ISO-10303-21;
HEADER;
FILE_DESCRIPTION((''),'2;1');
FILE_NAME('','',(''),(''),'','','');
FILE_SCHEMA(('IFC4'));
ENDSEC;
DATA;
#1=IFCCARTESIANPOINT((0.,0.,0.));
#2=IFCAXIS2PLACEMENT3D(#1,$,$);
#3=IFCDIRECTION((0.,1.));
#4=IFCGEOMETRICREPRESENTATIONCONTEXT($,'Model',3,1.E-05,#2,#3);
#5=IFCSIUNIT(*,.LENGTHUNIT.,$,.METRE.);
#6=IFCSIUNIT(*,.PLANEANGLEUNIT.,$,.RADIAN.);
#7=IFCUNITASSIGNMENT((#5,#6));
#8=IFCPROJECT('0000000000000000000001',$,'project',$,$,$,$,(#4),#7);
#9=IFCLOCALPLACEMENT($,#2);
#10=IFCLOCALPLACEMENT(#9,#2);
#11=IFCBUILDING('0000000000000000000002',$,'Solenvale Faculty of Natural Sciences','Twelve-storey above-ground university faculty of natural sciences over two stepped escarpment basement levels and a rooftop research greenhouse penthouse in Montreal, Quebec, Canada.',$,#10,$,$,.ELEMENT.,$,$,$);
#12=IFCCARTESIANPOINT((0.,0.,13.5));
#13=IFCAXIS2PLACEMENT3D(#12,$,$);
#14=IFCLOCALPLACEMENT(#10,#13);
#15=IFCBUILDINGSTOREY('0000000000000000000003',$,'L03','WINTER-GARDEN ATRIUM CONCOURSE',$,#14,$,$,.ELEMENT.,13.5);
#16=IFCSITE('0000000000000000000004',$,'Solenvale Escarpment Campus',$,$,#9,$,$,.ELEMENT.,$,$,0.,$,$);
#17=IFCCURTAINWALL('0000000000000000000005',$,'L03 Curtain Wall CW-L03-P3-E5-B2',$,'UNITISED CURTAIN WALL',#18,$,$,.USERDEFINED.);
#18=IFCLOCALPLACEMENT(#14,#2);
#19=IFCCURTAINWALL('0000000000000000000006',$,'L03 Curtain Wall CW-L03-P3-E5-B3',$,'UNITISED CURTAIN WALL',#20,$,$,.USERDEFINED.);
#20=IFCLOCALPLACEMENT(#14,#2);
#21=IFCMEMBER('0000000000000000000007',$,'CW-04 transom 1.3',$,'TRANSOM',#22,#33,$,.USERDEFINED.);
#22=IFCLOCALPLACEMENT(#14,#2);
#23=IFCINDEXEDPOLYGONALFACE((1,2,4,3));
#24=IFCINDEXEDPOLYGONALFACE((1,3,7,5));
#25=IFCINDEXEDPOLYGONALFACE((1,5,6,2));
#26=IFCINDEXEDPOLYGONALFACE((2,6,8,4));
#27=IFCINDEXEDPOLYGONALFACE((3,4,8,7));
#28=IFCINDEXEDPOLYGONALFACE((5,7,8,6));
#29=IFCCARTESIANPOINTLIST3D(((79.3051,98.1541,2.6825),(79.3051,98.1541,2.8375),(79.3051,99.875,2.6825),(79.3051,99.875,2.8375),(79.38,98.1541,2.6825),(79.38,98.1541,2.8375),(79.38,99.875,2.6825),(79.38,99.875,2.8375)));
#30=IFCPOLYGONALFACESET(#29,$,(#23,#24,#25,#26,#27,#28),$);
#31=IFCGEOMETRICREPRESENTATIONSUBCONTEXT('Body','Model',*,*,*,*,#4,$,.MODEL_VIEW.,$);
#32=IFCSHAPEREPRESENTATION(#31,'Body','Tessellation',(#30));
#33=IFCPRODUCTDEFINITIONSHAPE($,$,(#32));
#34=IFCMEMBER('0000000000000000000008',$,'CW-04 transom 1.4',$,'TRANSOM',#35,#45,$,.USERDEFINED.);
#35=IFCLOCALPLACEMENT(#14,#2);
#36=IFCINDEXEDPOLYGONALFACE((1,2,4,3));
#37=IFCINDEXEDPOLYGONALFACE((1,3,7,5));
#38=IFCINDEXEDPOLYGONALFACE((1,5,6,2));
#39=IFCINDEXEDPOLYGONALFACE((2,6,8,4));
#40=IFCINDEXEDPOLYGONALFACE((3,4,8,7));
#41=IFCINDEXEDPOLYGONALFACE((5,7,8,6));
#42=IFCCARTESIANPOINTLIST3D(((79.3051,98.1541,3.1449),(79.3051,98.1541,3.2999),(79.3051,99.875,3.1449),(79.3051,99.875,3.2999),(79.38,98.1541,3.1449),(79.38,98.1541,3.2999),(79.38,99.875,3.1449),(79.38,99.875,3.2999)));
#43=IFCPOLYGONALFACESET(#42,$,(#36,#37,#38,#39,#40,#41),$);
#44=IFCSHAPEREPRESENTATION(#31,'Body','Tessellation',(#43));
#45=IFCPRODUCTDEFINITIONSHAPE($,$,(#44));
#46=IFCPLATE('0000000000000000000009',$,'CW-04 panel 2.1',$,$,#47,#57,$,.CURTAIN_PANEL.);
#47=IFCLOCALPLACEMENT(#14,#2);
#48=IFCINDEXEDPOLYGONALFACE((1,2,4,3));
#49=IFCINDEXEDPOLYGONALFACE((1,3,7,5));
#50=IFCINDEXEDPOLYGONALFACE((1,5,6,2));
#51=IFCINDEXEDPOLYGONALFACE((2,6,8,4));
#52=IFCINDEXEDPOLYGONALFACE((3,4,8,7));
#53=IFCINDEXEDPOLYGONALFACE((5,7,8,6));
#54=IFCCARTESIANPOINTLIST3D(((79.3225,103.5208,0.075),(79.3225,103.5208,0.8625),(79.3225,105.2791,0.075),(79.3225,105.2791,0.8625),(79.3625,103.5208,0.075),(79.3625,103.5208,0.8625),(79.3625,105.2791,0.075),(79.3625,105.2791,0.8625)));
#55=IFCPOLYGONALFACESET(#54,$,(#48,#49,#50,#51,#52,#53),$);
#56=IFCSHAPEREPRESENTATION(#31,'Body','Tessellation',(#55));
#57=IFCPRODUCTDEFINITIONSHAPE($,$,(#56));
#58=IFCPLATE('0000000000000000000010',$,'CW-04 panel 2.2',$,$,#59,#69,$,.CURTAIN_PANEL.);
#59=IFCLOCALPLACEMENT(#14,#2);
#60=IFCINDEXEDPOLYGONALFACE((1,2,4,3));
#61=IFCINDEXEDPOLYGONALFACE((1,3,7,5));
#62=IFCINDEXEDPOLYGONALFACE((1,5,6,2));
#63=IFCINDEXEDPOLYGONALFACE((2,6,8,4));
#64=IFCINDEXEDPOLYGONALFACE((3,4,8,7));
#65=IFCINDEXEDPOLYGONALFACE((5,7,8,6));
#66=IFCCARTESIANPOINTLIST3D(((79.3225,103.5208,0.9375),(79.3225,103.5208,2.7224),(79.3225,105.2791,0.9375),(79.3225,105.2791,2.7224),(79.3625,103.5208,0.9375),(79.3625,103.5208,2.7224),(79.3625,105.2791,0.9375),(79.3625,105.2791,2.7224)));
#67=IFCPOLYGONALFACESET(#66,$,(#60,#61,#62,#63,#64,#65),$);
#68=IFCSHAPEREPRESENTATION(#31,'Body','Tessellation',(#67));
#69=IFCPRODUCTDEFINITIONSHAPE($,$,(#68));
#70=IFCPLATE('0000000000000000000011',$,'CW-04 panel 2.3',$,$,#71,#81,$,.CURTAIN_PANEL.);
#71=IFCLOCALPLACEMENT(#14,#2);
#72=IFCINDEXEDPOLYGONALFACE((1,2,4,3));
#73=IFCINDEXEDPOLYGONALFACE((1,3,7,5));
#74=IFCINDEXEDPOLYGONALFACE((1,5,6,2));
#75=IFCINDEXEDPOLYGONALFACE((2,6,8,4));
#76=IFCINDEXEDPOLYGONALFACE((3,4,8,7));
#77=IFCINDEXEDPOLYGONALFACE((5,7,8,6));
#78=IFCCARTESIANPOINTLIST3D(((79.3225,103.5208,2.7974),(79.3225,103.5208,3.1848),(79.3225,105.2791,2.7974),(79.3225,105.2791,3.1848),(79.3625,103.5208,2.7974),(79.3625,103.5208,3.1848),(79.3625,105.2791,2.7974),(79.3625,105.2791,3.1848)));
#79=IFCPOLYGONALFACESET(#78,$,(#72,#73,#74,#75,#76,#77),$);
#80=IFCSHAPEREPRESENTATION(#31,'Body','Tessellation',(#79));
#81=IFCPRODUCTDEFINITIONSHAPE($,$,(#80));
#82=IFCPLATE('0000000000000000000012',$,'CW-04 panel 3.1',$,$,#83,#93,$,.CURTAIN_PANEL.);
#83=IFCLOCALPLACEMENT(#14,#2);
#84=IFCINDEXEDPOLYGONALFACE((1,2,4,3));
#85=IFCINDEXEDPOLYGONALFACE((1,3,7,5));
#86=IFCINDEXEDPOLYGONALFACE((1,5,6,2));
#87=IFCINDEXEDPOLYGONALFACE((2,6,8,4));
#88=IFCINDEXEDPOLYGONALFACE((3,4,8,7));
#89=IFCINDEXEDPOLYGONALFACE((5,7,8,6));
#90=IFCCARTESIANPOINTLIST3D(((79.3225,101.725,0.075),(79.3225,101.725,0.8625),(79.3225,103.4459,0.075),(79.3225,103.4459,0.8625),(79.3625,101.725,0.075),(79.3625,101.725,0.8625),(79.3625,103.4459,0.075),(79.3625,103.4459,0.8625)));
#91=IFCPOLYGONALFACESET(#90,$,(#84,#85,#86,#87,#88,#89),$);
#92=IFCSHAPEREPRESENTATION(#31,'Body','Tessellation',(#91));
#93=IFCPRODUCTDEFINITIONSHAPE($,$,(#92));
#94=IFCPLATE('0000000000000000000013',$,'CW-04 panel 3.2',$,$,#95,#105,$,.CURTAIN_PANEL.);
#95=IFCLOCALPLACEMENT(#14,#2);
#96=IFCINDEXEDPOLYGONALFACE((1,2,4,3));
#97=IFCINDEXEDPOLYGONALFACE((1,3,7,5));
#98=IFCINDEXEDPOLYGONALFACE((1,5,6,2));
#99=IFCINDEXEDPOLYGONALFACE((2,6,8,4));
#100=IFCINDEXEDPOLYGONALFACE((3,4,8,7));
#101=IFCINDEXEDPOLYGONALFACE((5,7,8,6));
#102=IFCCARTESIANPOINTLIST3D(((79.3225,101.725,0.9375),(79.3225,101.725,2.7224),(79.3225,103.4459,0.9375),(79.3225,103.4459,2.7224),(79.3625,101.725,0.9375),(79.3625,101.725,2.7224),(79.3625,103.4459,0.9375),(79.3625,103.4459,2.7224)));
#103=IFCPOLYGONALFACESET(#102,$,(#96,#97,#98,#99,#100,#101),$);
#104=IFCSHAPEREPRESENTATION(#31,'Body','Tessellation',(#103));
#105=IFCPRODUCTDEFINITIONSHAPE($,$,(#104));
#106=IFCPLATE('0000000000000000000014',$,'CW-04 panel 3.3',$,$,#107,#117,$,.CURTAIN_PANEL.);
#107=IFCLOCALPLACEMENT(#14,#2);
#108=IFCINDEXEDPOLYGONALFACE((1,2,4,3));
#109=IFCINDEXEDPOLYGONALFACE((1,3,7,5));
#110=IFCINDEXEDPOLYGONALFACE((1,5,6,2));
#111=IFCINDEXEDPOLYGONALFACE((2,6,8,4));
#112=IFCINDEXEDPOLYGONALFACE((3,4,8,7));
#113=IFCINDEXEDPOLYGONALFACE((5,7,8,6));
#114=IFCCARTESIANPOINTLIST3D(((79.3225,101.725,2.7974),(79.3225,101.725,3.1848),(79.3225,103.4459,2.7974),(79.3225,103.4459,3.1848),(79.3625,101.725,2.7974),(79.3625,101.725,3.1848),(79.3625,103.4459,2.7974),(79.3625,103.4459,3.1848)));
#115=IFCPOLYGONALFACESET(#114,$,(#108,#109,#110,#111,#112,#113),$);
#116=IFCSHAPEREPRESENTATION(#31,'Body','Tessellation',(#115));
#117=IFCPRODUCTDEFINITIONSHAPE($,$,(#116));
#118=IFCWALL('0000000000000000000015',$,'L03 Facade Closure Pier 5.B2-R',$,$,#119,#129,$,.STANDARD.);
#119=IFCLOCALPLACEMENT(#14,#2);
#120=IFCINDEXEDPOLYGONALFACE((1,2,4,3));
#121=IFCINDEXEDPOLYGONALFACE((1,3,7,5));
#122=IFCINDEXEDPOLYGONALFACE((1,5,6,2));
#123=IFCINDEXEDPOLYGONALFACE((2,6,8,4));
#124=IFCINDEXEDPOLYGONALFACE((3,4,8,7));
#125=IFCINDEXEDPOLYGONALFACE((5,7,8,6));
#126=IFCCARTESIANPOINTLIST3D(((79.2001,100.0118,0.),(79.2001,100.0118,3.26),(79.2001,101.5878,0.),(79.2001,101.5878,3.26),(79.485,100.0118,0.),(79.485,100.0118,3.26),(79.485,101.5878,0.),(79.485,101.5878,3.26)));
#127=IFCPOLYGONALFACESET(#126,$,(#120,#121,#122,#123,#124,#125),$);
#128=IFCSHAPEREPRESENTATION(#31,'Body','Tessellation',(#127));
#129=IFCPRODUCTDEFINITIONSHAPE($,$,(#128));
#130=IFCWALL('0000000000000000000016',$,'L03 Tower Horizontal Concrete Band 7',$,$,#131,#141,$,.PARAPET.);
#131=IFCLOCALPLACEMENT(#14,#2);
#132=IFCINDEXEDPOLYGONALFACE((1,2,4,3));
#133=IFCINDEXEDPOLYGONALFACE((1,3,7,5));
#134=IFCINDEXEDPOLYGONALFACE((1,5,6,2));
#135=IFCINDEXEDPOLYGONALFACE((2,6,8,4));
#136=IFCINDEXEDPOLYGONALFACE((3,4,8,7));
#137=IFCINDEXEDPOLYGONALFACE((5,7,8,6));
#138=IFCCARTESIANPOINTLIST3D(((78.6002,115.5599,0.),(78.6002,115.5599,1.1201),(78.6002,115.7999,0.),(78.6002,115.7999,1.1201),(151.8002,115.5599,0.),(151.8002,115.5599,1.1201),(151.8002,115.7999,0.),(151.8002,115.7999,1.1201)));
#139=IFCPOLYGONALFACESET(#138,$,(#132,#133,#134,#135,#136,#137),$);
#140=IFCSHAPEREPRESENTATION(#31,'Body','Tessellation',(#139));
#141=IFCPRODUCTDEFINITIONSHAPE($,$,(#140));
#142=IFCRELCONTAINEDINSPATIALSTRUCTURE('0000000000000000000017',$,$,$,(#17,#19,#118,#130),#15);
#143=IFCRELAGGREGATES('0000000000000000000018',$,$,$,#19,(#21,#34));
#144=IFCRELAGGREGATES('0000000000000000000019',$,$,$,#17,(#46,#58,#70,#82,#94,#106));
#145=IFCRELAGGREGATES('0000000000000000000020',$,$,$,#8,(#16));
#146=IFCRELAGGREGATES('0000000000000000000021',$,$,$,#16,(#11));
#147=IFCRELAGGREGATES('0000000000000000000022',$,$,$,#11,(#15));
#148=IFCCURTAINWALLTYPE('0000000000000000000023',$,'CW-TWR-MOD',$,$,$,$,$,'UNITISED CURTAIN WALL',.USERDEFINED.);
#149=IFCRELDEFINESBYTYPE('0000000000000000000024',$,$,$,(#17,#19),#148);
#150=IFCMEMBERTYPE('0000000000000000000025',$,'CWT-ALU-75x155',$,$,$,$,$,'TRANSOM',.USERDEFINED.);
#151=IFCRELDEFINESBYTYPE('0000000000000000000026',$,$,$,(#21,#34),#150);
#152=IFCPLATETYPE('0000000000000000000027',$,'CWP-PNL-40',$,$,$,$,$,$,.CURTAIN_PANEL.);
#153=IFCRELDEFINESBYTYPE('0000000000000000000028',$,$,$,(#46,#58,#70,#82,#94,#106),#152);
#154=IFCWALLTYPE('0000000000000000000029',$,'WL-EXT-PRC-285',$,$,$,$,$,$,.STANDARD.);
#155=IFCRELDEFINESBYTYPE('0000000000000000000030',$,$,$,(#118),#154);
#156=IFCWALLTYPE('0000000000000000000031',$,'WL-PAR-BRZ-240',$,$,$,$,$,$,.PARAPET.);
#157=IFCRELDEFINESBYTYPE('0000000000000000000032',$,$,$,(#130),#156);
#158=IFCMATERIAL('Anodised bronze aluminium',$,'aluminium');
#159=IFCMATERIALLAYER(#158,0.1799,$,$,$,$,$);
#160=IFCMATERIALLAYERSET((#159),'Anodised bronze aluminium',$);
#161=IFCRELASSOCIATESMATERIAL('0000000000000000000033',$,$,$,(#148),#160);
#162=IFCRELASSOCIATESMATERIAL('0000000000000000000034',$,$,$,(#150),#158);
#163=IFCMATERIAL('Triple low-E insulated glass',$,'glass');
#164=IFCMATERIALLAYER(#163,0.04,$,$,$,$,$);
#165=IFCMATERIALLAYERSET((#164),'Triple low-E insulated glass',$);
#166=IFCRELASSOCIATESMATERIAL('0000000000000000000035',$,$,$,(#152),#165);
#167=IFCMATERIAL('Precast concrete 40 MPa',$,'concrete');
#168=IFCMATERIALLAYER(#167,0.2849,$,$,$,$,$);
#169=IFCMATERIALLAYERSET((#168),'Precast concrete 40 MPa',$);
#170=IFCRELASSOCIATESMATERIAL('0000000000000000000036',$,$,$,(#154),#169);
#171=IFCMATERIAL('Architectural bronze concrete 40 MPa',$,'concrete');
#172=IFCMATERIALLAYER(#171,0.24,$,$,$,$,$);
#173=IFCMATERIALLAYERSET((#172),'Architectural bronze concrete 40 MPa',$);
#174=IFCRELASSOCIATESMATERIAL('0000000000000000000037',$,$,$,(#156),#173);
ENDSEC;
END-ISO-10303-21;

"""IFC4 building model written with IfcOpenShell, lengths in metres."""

from ifc_helpers import new_model, si_unit, direction, frame, frame_2d, origin, origin_2d, place, context, subcontext, project, spatial, rectangle, extrude, material, layer, layer_set, material_profile, profile_set, type_object, element, aggregate, save


model = new_model("IFC4")

# Units and contexts
model_context = context("Model", 3, precision=1e-05, world=origin(), true_north=direction((0.0, 1.0)))
body_context = subcontext(model_context, "Body", "Model", "MODEL_VIEW")
ifc_project = project(units=[si_unit("LENGTHUNIT", "METRE"), si_unit("PLANEANGLEUNIT", "RADIAN")], contexts=[model_context])

# Site, building, storey
site_placement = place(None, origin())
site = spatial("IfcSite", under=ifc_project, at=site_placement, Name="Solenvale Escarpment Campus", CompositionType="ELEMENT", RefElevation=0.0)
building_placement = place(site_placement, origin())
building = spatial("IfcBuilding", under=site, at=building_placement, Name="Solenvale Faculty of Natural Sciences", Description="Twelve-storey above-ground university faculty of natural sciences over two stepped escarpment basement levels and a rooftop research greenhouse penthouse in Montreal, Quebec, Canada.", CompositionType="ELEMENT")
storey_placement = place(building_placement, frame((0.0, 0.0, 13.5)))
storey = spatial("IfcBuildingStorey", under=building, at=storey_placement, Name="L03", Description="WINTER-GARDEN ATRIUM CONCOURSE", CompositionType="ELEMENT", Elevation=13.5)

# Curtain wall
ifc_material_1 = material(Name="Anodised bronze aluminium", Category="aluminium")
ifc_layer_1 = layer(ifc_material_1, 0.1799)
ifc_layer_set_1 = layer_set([ifc_layer_1], Name="Anodised bronze aluminium")
curtain_wall_type = type_object("IfcCurtainWallType", Name="CW-TWR-MOD", ElementType="UNITISED CURTAIN WALL", PredefinedType="USERDEFINED", material=ifc_layer_set_1)
curtain_wall_1_placement = place(storey_placement, origin())
curtain_wall_1 = element("IfcCurtainWall", 1, at=curtain_wall_1_placement, inside=storey, type_object=curtain_wall_type, Name="L03 Curtain Wall CW-L03-P3-E5-B2", ObjectType="UNITISED CURTAIN WALL", PredefinedType="USERDEFINED")

# Curtain wall
curtain_wall_2_placement = place(storey_placement, origin())
curtain_wall_2 = element("IfcCurtainWall", 2, at=curtain_wall_2_placement, inside=storey, type_object=curtain_wall_type, Name="L03 Curtain Wall CW-L03-P3-E5-B3", ObjectType="UNITISED CURTAIN WALL", PredefinedType="USERDEFINED")

# Members
ifc_material_profile_1 = material_profile(ifc_material_1, rectangle(XDim=0.075, YDim=0.155, at=origin_2d()), Name="ALU-TRN-75x155")
ifc_profile_set_1 = profile_set([ifc_material_profile_1], Name="Anodised bronze aluminium")
member_type_1 = type_object("IfcMemberType", Name="CWT-ALU-75x155", ElementType="TRANSOM", PredefinedType="USERDEFINED", material=ifc_profile_set_1)
member_1_placement = place(storey_placement, frame((79.3425, 99.875, 2.76), z_axis=(0.0, -1.0, 0.0), x_axis=(1.0, 0.0, 0.0)))
member_1 = element("IfcMember", 3, at=member_1_placement, type_object=member_type_1, Name="CW-04 transom 1.3", ObjectType="TRANSOM", PredefinedType="USERDEFINED", context=body_context, shape_type="SweptSolid", body=[
    extrude(rectangle(XDim=0.075, YDim=0.155, at=origin_2d()), origin(), (0.0, 0.0, 1.0), 1.7209),
])
member_2_placement = place(storey_placement, frame((79.3425, 99.875, 3.2224), z_axis=(0.0, -1.0, 0.0), x_axis=(1.0, 0.0, 0.0)))
member_2 = element("IfcMember", 4, at=member_2_placement, type_object=member_type_1, Name="CW-04 transom 1.4", ObjectType="TRANSOM", PredefinedType="USERDEFINED", context=body_context, shape_type="SweptSolid", body=[
    extrude(rectangle(XDim=0.075, YDim=0.155, at=origin_2d()), origin(), (0.0, 0.0, 1.0), 1.7209),
])
aggregate(curtain_wall_2, [member_1, member_2])

# Plates
ifc_material_2 = material(Name="Triple low-E insulated glass", Category="glass")
ifc_layer_2 = layer(ifc_material_2, 0.04)
ifc_layer_set_2 = layer_set([ifc_layer_2], Name="Triple low-E insulated glass")
plate_type = type_object("IfcPlateType", Name="CWP-PNL-40", PredefinedType="CURTAIN_PANEL", material=ifc_layer_set_2)
plate_1_placement = place(storey_placement, frame((79.3425, 104.3999, 0.075), z_axis=(0.0, 0.0, 1.0), x_axis=(0.0, -1.0, 0.0)))
plate_1 = element("IfcPlate", 5, at=plate_1_placement, type_object=plate_type, Name="CW-04 panel 2.1", PredefinedType="CURTAIN_PANEL", context=body_context, shape_type="SweptSolid", body=[
    extrude(rectangle(XDim=1.7583, YDim=0.04, at=origin_2d()), origin(), (0.0, 0.0, 1.0), 0.7876),
])
plate_2_placement = place(storey_placement, frame((79.3425, 104.3999, 0.9375), z_axis=(0.0, 0.0, 1.0), x_axis=(0.0, -1.0, 0.0)))
plate_2 = element("IfcPlate", 6, at=plate_2_placement, type_object=plate_type, Name="CW-04 panel 2.2", PredefinedType="CURTAIN_PANEL", context=body_context, shape_type="SweptSolid", body=[
    extrude(rectangle(XDim=1.7583, YDim=0.04, at=origin_2d()), origin(), (0.0, 0.0, 1.0), 1.7849),
])
plate_3_placement = place(storey_placement, frame((79.3425, 104.3999, 2.7974), z_axis=(0.0, 0.0, 1.0), x_axis=(0.0, -1.0, 0.0)))
plate_3 = element("IfcPlate", 7, at=plate_3_placement, type_object=plate_type, Name="CW-04 panel 2.3", PredefinedType="CURTAIN_PANEL", context=body_context, shape_type="SweptSolid", body=[
    extrude(rectangle(XDim=1.7583, YDim=0.04, at=origin_2d()), origin(), (0.0, 0.0, 1.0), 0.3875),
])
plate_4_placement = place(storey_placement, frame((79.3425, 102.5854, 0.075), z_axis=(0.0, 0.0, 1.0), x_axis=(0.0, -1.0, 0.0)))
plate_4 = element("IfcPlate", 8, at=plate_4_placement, type_object=plate_type, Name="CW-04 panel 3.1", PredefinedType="CURTAIN_PANEL", context=body_context, shape_type="SweptSolid", body=[
    extrude(rectangle(XDim=1.7209, YDim=0.04, at=origin_2d()), origin(), (0.0, 0.0, 1.0), 0.7876),
])
plate_5_placement = place(storey_placement, frame((79.3425, 102.5854, 0.9375), z_axis=(0.0, 0.0, 1.0), x_axis=(0.0, -1.0, 0.0)))
plate_5 = element("IfcPlate", 9, at=plate_5_placement, type_object=plate_type, Name="CW-04 panel 3.2", PredefinedType="CURTAIN_PANEL", context=body_context, shape_type="SweptSolid", body=[
    extrude(rectangle(XDim=1.7209, YDim=0.04, at=origin_2d()), origin(), (0.0, 0.0, 1.0), 1.7849),
])
plate_6_placement = place(storey_placement, frame((79.3425, 102.5854, 2.7974), z_axis=(0.0, 0.0, 1.0), x_axis=(0.0, -1.0, 0.0)))
plate_6 = element("IfcPlate", 10, at=plate_6_placement, type_object=plate_type, Name="CW-04 panel 3.3", PredefinedType="CURTAIN_PANEL", context=body_context, shape_type="SweptSolid", body=[
    extrude(rectangle(XDim=1.7209, YDim=0.04, at=origin_2d()), origin(), (0.0, 0.0, 1.0), 0.3875),
])
aggregate(curtain_wall_1, [plate_1, plate_2, plate_3, plate_4, plate_5, plate_6])

# Walls
ifc_material_3 = material(Name="Precast concrete 40 MPa", Category="concrete")
ifc_layer_3 = layer(ifc_material_3, 0.2849)
ifc_layer_set_3 = layer_set([ifc_layer_3], Name="Precast concrete 40 MPa")
wall_type_1 = type_object("IfcWallType", Name="WL-EXT-PRC-285", PredefinedType="STANDARD", material=ifc_layer_set_3)
wall_1_placement = place(storey_placement, frame((79.3425, 101.5879, 0.0), z_axis=(0.0, 0.0, 1.0), x_axis=(0.0, -1.0, 0.0)))
element("IfcWall", 11, at=wall_1_placement, inside=storey, type_object=wall_type_1, Name="L03 Facade Closure Pier 5.B2-R", PredefinedType="STANDARD", context=body_context, shape_type="SweptSolid", body=[
    extrude(rectangle(XDim=1.5759, YDim=0.2849, at=frame_2d((0.7881, 0.0))), origin(), (0.0, 0.0, 1.0), 3.26),
])
ifc_material_4 = material(Name="Architectural bronze concrete 40 MPa", Category="concrete")
ifc_layer_4 = layer(ifc_material_4, 0.24)
ifc_layer_set_4 = layer_set([ifc_layer_4], Name="Architectural bronze concrete 40 MPa")
wall_type_2 = type_object("IfcWallType", Name="WL-PAR-BRZ-240", PredefinedType="PARAPET", material=ifc_layer_set_4)
wall_2_placement = place(storey_placement, frame((78.6001, 115.6799, 0.0), z_axis=(0.0, 0.0, 1.0), x_axis=(1.0, 0.0, 0.0)))
element("IfcWall", 12, at=wall_2_placement, inside=storey, type_object=wall_type_2, Name="L03 Tower Horizontal Concrete Band 7", PredefinedType="PARAPET", context=body_context, shape_type="SweptSolid", body=[
    extrude(rectangle(XDim=73.2, YDim=0.24, at=frame_2d((36.6001, 0.0))), origin(), (0.0, 0.0, 1.0), 1.1201),
])

save(model, "model.ifc")
